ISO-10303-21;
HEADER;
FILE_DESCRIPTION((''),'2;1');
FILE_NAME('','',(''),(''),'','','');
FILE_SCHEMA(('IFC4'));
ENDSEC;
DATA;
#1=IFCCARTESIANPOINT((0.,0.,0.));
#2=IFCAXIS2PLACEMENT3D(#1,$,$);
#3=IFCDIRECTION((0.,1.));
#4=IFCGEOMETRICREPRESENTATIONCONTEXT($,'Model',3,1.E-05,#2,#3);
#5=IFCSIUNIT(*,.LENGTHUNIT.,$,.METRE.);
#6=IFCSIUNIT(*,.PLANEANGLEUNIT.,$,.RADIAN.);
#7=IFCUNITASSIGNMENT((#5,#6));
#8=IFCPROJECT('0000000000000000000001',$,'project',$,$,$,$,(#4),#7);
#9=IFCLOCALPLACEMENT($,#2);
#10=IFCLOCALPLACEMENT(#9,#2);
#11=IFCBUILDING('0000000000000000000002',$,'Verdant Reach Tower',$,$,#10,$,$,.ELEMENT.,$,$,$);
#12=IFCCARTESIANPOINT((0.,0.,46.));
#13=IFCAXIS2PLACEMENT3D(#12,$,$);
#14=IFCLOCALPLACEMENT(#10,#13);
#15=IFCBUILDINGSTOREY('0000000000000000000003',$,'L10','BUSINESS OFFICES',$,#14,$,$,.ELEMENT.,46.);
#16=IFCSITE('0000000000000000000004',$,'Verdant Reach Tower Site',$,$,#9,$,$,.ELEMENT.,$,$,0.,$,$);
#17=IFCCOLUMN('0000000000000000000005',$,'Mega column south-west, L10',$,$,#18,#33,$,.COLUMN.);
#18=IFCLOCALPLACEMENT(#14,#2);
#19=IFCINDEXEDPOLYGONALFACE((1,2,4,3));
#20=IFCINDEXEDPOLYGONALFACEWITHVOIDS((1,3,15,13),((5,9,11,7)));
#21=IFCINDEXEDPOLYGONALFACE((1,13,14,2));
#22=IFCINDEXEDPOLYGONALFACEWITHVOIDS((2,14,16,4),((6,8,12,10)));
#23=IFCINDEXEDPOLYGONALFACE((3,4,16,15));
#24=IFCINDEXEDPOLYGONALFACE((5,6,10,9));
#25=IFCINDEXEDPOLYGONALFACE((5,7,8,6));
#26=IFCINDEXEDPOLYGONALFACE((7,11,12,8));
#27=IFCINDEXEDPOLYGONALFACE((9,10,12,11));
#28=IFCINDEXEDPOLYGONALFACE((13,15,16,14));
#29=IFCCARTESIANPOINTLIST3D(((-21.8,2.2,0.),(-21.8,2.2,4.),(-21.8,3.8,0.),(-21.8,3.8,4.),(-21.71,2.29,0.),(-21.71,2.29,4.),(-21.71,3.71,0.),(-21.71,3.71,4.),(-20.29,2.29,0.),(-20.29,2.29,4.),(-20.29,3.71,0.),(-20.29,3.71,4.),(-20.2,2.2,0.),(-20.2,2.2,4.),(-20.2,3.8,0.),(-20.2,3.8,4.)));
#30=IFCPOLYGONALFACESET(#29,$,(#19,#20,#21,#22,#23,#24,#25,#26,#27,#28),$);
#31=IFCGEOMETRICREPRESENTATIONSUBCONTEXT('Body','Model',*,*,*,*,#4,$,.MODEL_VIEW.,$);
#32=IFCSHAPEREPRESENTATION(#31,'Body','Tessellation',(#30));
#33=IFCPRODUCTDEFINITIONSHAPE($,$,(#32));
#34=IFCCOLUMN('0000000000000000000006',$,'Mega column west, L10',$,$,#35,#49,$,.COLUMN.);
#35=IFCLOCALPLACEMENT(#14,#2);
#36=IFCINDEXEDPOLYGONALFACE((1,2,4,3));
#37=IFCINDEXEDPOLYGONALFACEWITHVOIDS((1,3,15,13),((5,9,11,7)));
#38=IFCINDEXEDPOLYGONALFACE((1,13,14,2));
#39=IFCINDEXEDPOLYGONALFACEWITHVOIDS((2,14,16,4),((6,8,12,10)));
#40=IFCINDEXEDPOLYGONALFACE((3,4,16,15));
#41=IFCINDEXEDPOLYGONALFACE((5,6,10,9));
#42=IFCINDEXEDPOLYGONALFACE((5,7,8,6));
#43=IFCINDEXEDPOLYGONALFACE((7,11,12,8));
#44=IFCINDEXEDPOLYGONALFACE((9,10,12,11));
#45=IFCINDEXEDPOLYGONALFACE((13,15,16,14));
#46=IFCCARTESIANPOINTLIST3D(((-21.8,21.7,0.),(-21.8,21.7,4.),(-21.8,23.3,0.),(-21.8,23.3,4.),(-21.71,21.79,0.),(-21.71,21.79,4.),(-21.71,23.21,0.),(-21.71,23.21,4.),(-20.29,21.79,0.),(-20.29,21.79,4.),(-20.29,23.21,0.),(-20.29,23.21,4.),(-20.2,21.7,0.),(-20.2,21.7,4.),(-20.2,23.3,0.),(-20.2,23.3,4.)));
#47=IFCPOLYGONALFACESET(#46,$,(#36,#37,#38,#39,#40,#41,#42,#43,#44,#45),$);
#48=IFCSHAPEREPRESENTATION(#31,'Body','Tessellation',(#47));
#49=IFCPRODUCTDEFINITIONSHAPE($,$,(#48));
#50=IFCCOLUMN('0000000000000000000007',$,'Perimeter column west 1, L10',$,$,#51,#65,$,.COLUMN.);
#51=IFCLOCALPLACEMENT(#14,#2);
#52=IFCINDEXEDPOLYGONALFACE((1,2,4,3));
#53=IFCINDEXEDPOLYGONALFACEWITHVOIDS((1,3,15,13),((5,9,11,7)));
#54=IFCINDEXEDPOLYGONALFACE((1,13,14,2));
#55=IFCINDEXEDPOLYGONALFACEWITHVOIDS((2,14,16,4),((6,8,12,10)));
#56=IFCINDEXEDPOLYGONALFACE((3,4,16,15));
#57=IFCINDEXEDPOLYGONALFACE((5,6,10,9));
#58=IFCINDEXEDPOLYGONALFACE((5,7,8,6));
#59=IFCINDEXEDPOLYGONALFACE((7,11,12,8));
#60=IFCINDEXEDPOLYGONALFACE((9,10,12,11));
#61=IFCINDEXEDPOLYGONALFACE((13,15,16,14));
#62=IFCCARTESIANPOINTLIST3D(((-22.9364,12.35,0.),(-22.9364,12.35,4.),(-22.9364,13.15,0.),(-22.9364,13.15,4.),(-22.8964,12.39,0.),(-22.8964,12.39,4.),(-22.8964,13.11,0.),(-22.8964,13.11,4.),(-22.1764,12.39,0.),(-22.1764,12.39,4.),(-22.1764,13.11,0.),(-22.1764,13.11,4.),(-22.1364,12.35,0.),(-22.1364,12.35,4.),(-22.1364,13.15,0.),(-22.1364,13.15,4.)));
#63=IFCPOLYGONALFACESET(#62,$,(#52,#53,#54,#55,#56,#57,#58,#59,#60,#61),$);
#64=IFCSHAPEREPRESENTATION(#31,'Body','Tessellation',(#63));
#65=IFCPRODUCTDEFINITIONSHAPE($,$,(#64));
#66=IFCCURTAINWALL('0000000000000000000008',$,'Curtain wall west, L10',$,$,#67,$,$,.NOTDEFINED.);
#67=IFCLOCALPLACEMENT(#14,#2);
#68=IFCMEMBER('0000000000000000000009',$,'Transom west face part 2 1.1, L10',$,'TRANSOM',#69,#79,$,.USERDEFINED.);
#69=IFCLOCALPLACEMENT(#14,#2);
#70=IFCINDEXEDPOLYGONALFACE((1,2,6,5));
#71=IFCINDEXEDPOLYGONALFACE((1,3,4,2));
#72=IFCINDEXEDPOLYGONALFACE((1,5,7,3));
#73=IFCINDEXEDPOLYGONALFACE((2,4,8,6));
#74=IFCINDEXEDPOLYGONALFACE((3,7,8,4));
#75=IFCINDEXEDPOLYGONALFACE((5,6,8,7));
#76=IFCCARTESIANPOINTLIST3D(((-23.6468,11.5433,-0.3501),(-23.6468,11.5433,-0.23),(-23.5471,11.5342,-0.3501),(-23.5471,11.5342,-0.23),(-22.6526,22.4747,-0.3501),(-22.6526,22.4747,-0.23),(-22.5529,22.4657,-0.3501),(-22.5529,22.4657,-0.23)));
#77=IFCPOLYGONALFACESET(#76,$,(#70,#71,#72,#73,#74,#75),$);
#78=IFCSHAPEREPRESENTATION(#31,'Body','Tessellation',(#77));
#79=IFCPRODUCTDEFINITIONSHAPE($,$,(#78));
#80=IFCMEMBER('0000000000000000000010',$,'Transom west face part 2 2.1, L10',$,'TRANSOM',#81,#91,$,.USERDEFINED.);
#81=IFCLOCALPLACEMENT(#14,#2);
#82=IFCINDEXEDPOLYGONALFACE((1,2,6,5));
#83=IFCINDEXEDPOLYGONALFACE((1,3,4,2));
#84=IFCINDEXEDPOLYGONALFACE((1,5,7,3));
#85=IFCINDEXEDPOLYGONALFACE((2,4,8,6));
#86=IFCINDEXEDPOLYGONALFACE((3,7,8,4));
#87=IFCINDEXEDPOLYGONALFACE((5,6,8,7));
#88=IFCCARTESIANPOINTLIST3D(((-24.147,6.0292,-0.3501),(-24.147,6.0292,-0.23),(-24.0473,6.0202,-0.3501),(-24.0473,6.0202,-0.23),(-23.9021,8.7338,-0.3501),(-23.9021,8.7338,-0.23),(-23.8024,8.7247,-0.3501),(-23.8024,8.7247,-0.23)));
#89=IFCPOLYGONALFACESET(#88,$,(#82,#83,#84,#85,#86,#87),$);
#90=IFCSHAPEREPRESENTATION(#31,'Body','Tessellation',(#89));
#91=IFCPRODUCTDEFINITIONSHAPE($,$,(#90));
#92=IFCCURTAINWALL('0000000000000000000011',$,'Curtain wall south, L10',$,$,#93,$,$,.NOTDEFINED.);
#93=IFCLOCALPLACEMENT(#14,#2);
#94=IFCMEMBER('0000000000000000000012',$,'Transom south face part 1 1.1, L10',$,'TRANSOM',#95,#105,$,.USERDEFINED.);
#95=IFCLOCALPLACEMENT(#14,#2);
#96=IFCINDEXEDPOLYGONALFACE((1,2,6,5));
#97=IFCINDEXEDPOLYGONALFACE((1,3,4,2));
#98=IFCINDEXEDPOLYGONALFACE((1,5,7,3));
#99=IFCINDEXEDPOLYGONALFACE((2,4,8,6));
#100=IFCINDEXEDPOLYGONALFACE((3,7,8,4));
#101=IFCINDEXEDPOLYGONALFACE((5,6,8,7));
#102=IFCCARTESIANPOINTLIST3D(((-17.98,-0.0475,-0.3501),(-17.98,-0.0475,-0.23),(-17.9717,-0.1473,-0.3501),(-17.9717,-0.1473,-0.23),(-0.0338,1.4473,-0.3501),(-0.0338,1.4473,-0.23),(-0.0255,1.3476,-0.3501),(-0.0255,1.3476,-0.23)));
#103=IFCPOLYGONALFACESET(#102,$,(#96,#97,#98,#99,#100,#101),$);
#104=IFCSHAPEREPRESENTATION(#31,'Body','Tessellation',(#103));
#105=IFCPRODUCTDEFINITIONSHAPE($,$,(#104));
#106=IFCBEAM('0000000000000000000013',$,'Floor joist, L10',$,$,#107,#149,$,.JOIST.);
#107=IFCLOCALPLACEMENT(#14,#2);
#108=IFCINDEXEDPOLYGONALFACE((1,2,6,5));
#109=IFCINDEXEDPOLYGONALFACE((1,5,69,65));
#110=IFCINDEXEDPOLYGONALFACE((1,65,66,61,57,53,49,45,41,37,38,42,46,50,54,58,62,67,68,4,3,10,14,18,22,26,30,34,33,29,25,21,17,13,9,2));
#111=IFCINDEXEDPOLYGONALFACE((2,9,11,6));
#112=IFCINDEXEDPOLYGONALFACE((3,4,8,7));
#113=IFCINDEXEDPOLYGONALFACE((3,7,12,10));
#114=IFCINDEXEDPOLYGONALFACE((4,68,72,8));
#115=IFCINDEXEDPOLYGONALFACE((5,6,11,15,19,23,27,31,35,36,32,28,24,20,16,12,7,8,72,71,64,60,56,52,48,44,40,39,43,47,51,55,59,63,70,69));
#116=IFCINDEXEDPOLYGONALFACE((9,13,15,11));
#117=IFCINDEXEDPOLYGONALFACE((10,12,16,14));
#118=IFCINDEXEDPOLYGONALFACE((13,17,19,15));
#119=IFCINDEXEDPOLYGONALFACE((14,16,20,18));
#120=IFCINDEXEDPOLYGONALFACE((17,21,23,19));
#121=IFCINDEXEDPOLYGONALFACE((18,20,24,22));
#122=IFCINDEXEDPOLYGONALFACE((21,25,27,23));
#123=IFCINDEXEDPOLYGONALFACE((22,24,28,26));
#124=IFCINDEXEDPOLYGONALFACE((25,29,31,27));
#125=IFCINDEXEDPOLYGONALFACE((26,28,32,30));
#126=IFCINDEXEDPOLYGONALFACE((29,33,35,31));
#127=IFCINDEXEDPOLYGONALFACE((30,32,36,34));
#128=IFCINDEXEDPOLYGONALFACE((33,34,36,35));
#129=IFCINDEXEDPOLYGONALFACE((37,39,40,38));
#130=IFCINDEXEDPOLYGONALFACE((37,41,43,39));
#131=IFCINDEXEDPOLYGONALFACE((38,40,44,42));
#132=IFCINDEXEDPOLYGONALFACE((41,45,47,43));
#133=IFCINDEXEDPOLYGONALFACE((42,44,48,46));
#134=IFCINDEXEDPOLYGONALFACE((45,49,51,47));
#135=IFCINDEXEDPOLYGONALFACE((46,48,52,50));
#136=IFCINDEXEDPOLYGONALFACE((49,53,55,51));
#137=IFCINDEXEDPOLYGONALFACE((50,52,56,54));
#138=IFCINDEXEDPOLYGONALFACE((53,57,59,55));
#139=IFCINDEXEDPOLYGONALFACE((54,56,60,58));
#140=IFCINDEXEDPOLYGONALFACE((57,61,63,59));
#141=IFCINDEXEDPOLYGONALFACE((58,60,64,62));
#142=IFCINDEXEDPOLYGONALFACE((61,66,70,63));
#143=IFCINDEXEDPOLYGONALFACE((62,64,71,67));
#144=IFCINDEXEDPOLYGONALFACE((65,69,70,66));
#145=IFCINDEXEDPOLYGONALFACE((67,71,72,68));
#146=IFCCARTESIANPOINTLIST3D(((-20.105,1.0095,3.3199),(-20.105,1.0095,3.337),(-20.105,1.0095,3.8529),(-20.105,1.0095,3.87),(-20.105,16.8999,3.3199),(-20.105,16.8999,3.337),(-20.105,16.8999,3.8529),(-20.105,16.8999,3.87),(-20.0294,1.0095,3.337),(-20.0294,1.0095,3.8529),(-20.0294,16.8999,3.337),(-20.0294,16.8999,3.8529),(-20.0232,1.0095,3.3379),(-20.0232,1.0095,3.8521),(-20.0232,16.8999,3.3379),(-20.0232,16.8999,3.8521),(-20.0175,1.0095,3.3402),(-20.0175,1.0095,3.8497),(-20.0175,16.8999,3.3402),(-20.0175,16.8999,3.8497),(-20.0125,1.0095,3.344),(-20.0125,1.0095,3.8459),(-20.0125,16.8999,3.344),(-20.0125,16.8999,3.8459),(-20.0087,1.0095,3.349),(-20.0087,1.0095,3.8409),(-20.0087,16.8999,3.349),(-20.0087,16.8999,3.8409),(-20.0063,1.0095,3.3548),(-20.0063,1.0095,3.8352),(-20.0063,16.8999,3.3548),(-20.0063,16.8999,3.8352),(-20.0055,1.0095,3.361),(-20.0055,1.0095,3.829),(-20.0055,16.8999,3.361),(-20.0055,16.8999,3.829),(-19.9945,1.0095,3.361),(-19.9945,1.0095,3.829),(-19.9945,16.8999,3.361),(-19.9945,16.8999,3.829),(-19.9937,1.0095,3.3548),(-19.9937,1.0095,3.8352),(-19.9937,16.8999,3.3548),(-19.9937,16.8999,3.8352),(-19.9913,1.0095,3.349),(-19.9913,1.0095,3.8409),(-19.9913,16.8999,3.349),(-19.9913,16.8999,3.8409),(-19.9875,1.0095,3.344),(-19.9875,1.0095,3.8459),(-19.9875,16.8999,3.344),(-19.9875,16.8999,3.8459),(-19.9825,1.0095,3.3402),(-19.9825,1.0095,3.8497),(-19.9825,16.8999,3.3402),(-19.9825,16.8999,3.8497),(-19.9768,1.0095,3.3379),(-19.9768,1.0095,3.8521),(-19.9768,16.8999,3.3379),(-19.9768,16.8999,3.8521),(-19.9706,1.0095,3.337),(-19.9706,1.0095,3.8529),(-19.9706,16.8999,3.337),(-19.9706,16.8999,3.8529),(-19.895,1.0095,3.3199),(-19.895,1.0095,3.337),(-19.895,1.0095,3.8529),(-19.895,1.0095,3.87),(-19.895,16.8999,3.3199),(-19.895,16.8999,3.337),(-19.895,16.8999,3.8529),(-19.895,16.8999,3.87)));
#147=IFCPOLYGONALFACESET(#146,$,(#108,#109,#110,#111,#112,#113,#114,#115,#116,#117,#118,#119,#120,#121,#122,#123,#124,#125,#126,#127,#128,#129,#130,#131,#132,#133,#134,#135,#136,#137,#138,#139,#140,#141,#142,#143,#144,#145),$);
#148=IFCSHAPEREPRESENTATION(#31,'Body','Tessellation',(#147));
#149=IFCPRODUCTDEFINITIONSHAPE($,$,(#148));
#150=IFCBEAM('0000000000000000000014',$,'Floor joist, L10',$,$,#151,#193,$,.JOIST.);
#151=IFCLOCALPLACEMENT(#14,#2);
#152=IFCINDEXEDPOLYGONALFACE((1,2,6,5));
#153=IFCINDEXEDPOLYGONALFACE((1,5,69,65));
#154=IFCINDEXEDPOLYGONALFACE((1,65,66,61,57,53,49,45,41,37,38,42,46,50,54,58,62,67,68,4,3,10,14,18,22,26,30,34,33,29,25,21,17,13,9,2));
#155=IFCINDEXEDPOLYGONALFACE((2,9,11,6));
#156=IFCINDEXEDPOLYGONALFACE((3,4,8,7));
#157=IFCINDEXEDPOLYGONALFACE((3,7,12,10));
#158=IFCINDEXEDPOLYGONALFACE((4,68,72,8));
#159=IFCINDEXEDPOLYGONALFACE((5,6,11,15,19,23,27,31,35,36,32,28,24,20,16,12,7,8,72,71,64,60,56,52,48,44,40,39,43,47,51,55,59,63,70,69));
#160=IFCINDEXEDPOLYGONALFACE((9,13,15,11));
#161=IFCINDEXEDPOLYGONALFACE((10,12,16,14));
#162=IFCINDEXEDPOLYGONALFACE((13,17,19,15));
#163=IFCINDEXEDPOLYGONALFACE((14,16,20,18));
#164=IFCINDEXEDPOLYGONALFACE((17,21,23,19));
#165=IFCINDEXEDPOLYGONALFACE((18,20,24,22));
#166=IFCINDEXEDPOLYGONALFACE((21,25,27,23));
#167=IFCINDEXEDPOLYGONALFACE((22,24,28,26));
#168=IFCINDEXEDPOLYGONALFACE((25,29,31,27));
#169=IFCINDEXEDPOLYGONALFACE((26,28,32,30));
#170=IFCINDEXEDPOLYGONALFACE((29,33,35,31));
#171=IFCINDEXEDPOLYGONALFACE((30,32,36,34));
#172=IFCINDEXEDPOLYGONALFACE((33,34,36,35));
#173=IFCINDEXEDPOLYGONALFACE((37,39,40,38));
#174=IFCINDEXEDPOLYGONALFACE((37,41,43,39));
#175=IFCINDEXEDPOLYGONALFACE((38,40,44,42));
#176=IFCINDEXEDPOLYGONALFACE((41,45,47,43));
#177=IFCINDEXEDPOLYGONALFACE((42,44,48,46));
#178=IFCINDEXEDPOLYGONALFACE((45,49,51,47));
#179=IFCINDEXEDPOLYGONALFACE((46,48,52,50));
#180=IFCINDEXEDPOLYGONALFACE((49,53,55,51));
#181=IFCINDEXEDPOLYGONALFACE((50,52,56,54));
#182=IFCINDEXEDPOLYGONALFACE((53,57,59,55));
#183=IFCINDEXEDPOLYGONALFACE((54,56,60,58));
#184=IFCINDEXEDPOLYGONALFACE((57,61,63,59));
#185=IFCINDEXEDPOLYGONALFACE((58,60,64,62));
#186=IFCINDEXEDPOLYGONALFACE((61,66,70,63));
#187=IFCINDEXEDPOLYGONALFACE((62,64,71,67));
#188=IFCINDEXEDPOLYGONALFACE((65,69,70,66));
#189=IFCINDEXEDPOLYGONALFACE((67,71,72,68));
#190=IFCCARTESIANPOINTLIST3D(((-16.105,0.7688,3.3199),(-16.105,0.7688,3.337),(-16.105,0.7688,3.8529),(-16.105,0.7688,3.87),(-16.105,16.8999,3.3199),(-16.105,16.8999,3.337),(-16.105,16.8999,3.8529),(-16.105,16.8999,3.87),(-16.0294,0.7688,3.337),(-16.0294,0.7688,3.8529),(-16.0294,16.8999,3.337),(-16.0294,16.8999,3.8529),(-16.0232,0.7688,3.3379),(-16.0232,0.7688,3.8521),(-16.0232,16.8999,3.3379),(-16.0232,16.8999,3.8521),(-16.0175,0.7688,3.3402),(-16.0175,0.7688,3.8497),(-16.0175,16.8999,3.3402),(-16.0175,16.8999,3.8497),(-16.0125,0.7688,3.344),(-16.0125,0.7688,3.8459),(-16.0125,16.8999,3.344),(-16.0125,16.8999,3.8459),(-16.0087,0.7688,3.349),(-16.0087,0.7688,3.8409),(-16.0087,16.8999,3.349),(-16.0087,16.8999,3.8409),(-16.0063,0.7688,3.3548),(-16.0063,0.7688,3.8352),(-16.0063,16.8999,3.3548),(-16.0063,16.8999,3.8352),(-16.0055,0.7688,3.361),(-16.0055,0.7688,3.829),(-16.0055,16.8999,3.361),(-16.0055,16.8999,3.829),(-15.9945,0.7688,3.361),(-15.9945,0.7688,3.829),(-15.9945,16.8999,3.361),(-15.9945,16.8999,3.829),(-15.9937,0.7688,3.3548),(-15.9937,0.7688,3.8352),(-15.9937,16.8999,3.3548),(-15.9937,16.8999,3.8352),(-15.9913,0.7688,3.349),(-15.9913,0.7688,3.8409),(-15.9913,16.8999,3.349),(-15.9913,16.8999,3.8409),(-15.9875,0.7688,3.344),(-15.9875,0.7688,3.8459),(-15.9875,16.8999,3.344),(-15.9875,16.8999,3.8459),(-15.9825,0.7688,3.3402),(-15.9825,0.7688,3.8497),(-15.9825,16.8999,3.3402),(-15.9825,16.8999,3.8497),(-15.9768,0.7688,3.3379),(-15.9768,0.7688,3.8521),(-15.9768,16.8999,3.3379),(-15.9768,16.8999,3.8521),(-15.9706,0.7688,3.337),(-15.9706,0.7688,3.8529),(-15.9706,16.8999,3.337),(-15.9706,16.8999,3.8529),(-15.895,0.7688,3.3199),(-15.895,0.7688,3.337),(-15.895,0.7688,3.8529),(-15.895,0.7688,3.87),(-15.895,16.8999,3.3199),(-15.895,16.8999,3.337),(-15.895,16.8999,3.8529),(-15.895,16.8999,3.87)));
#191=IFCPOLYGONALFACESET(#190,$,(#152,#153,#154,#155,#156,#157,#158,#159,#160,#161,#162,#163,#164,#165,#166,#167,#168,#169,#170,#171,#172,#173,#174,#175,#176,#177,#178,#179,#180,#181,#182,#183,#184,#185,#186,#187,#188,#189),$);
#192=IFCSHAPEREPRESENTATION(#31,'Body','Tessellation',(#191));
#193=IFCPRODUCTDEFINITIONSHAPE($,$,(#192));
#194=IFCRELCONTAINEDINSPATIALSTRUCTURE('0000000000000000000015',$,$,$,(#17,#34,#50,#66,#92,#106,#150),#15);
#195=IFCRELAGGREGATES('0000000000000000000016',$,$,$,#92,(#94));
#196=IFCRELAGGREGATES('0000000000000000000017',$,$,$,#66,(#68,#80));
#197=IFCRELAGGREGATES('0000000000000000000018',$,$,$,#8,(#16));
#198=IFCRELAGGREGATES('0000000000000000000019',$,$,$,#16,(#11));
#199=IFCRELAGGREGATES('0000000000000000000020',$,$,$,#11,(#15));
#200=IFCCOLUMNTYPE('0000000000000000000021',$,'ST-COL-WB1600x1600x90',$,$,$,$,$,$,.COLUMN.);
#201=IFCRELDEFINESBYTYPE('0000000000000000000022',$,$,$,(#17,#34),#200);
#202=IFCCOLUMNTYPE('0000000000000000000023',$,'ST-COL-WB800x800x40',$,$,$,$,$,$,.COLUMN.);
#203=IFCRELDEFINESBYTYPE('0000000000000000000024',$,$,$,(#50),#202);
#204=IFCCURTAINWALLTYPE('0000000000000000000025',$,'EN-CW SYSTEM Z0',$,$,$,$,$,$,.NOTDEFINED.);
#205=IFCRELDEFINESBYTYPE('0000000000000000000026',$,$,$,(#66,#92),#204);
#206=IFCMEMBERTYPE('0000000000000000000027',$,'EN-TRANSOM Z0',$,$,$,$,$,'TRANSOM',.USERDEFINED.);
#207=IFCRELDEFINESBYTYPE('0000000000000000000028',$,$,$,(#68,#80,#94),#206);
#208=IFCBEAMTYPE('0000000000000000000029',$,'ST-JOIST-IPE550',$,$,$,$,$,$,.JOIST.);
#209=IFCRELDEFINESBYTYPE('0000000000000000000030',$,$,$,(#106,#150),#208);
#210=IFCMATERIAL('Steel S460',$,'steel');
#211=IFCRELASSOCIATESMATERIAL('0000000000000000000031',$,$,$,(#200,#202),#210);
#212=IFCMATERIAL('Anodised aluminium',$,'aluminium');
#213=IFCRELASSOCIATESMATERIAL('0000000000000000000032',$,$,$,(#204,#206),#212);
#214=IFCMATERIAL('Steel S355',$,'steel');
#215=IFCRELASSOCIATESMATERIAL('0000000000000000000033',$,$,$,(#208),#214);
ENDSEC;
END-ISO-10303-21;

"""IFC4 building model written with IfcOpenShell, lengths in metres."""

from ifc_helpers import new_model, si_unit, direction, frame, origin, origin_2d, place, context, subcontext, project, spatial, rectangle, hollow_rectangle, i_section, extrude, material, material_profile, profile_set, type_object, element, aggregate, save


model = new_model("IFC4")

# Units and contexts
model_context = context("Model", 3, precision=1e-05, world=origin(), true_north=direction((0.0, 1.0)))
body_context = subcontext(model_context, "Body", "Model", "MODEL_VIEW")
ifc_project = project(units=[si_unit("LENGTHUNIT", "METRE"), si_unit("PLANEANGLEUNIT", "RADIAN")], contexts=[model_context])

# Site, building, storey
site_placement = place(None, origin())
site = spatial("IfcSite", under=ifc_project, at=site_placement, Name="Verdant Reach Tower Site", CompositionType="ELEMENT", RefElevation=0.0)
building_placement = place(site_placement, origin())
building = spatial("IfcBuilding", under=site, at=building_placement, Name="Verdant Reach Tower", CompositionType="ELEMENT")
storey_placement = place(building_placement, frame((0.0, 0.0, 46.0)))
storey = spatial("IfcBuildingStorey", under=building, at=storey_placement, Name="L10", Description="BUSINESS OFFICES", CompositionType="ELEMENT", Elevation=46.0)

# Columns
ifc_material_1 = material(Name="Steel S460", Category="steel")
ifc_material_profile_1 = material_profile(ifc_material_1, hollow_rectangle(XDim=1.6001, YDim=1.6001, WallThickness=0.0901, at=origin_2d()), Name="WB 1600x1600x90")
ifc_profile_set_1 = profile_set([ifc_material_profile_1], Name="Steel S460")
column_type_1 = type_object("IfcColumnType", Name="ST-COL-WB1600x1600x90", PredefinedType="COLUMN", material=ifc_profile_set_1)
for number, where, z_axis, x_axis, name in (
    (1, (-21.0, 3.0, 0.0), (0.0, 0.0, 1.0), (1.0, 0.0, 0.0), "Mega column south-west, L10"),
    (2, (-21.0, 22.5, 0.0), (0.0, 0.0, 1.0), (1.0, 0.0, 0.0), "Mega column west, L10"),
):
    element("IfcColumn", number, at=place(storey_placement, frame(where, z_axis=z_axis, x_axis=x_axis)), inside=storey, type_object=column_type_1, Name=name, PredefinedType="COLUMN", context=body_context, shape_type="SweptSolid", body=[
        extrude(hollow_rectangle(XDim=1.6001, YDim=1.6001, WallThickness=0.0901, at=origin_2d()), origin(), (0.0, 0.0, 1.0), 4.0),
    ])
ifc_material_profile_2 = material_profile(ifc_material_1, hollow_rectangle(XDim=0.8, YDim=0.8, WallThickness=0.04, at=origin_2d()), Name="WB 800x800x40")
ifc_profile_set_2 = profile_set([ifc_material_profile_2], Name="Steel S460")
column_type_2 = type_object("IfcColumnType", Name="ST-COL-WB800x800x40", PredefinedType="COLUMN", material=ifc_profile_set_2)
column_placement = place(storey_placement, frame((-22.5364, 12.75, 0.0), z_axis=(0.0, 0.0, 1.0), x_axis=(1.0, 0.0, 0.0)))
element("IfcColumn", 3, at=column_placement, inside=storey, type_object=column_type_2, Name="Perimeter column west 1, L10", PredefinedType="COLUMN", context=body_context, shape_type="SweptSolid", body=[
    extrude(hollow_rectangle(XDim=0.8, YDim=0.8, WallThickness=0.04, at=origin_2d()), origin(), (0.0, 0.0, 1.0), 4.0),
])

# Curtain wall, members
ifc_material_2 = material(Name="Anodised aluminium", Category="aluminium")
curtain_wall_type = type_object("IfcCurtainWallType", Name="EN-CW SYSTEM Z0", PredefinedType="NOTDEFINED", material=ifc_material_2)
curtain_wall_1_placement = place(storey_placement, origin())
curtain_wall_1 = element("IfcCurtainWall", 4, at=curtain_wall_1_placement, inside=storey, type_object=curtain_wall_type, Name="Curtain wall west, L10", PredefinedType="NOTDEFINED")
ifc_material_profile_3 = material_profile(ifc_material_2, rectangle(XDim=0.1001, YDim=0.1201, at=origin_2d()), Name="Transom 120x100")
ifc_profile_set_3 = profile_set([ifc_material_profile_3], Name="Anodised aluminium")
member_type = type_object("IfcMemberType", Name="EN-TRANSOM Z0", ElementType="TRANSOM", PredefinedType="USERDEFINED", material=ifc_profile_set_3)
member_1_placement = place(storey_placement, frame((-22.6028, 22.4702, -0.29), z_axis=(-0.09057, -0.99589, 0.0), x_axis=(0.99589, -0.09057, 0.0)))
member_1 = element("IfcMember", 5, at=member_1_placement, type_object=member_type, Name="Transom west face part 2 1.1, L10", ObjectType="TRANSOM", PredefinedType="USERDEFINED", context=body_context, shape_type="SweptSolid", body=[
    extrude(rectangle(XDim=0.1001, YDim=0.1201, at=origin_2d()), origin(), (0.0, 0.0, 1.0), 10.9766),
])
member_2_placement = place(storey_placement, frame((-23.8523, 8.7292, -0.29), z_axis=(-0.090171, -0.995926, 0.0), x_axis=(0.995926, -0.090171, 0.0)))
member_2 = element("IfcMember", 6, at=member_2_placement, type_object=member_type, Name="Transom west face part 2 2.1, L10", ObjectType="TRANSOM", PredefinedType="USERDEFINED", context=body_context, shape_type="SweptSolid", body=[
    extrude(rectangle(XDim=0.1001, YDim=0.1201, at=origin_2d()), origin(), (0.0, 0.0, 1.0), 2.7156),
])

# Curtain wall, member
curtain_wall_2_placement = place(storey_placement, origin())
curtain_wall_2 = element("IfcCurtainWall", 7, at=curtain_wall_2_placement, inside=storey, type_object=curtain_wall_type, Name="Curtain wall south, L10", PredefinedType="NOTDEFINED")
member_3_placement = place(storey_placement, frame((-17.9758, -0.0974, -0.29), z_axis=(0.996549, 0.083011, 0.0), x_axis=(-0.083011, 0.996549, 0.0)))
member_3 = element("IfcMember", 8, at=member_3_placement, type_object=member_type, Name="Transom south face part 1 1.1, L10", ObjectType="TRANSOM", PredefinedType="USERDEFINED", context=body_context, shape_type="SweptSolid", body=[
    extrude(rectangle(XDim=0.1001, YDim=0.1201, at=origin_2d()), origin(), (0.0, 0.0, 1.0), 18.0083),
])

# Beams
ifc_material_3 = material(Name="Steel S355", Category="steel")
ifc_material_profile_4 = material_profile(ifc_material_3, i_section(OverallWidth=0.21, OverallDepth=0.55, WebThickness=0.011, FlangeThickness=0.0171, FilletRadius=0.0239, at=origin_2d()), Name="IPE 550")
ifc_profile_set_4 = profile_set([ifc_material_profile_4], Name="Steel S355")
beam_type_1 = type_object("IfcBeamType", Name="ST-JOIST-IPE550", PredefinedType="JOIST", material=ifc_profile_set_4)
beam_1_placement = place(storey_placement, frame((-20.0, 16.8999, 3.595), z_axis=(0.0, -1.0, 0.0), x_axis=(1.0, 0.0, 0.0)))
element("IfcBeam", 9, at=beam_1_placement, inside=storey, type_object=beam_type_1, Name="Floor joist, L10", PredefinedType="JOIST", context=body_context, shape_type="SweptSolid", body=[
    extrude(i_section(OverallWidth=0.21, OverallDepth=0.55, WebThickness=0.011, FlangeThickness=0.0171, FilletRadius=0.0239, at=origin_2d()), origin(), (0.0, 0.0, 1.0), 15.8904),
])
beam_2_placement = place(storey_placement, frame((-16.0, 16.8999, 3.595), z_axis=(0.0, -1.0, 0.0), x_axis=(1.0, 0.0, 0.0)))
element("IfcBeam", 10, at=beam_2_placement, inside=storey, type_object=beam_type_1, Name="Floor joist, L10", PredefinedType="JOIST", context=body_context, shape_type="SweptSolid", body=[
    extrude(i_section(OverallWidth=0.21, OverallDepth=0.55, WebThickness=0.011, FlangeThickness=0.0171, FilletRadius=0.0239, at=origin_2d()), origin(), (0.0, 0.0, 1.0), 16.1311),
])

aggregate(curtain_wall_2, [member_3])
aggregate(curtain_wall_1, [member_1, member_2])

save(model, "model.ifc")
